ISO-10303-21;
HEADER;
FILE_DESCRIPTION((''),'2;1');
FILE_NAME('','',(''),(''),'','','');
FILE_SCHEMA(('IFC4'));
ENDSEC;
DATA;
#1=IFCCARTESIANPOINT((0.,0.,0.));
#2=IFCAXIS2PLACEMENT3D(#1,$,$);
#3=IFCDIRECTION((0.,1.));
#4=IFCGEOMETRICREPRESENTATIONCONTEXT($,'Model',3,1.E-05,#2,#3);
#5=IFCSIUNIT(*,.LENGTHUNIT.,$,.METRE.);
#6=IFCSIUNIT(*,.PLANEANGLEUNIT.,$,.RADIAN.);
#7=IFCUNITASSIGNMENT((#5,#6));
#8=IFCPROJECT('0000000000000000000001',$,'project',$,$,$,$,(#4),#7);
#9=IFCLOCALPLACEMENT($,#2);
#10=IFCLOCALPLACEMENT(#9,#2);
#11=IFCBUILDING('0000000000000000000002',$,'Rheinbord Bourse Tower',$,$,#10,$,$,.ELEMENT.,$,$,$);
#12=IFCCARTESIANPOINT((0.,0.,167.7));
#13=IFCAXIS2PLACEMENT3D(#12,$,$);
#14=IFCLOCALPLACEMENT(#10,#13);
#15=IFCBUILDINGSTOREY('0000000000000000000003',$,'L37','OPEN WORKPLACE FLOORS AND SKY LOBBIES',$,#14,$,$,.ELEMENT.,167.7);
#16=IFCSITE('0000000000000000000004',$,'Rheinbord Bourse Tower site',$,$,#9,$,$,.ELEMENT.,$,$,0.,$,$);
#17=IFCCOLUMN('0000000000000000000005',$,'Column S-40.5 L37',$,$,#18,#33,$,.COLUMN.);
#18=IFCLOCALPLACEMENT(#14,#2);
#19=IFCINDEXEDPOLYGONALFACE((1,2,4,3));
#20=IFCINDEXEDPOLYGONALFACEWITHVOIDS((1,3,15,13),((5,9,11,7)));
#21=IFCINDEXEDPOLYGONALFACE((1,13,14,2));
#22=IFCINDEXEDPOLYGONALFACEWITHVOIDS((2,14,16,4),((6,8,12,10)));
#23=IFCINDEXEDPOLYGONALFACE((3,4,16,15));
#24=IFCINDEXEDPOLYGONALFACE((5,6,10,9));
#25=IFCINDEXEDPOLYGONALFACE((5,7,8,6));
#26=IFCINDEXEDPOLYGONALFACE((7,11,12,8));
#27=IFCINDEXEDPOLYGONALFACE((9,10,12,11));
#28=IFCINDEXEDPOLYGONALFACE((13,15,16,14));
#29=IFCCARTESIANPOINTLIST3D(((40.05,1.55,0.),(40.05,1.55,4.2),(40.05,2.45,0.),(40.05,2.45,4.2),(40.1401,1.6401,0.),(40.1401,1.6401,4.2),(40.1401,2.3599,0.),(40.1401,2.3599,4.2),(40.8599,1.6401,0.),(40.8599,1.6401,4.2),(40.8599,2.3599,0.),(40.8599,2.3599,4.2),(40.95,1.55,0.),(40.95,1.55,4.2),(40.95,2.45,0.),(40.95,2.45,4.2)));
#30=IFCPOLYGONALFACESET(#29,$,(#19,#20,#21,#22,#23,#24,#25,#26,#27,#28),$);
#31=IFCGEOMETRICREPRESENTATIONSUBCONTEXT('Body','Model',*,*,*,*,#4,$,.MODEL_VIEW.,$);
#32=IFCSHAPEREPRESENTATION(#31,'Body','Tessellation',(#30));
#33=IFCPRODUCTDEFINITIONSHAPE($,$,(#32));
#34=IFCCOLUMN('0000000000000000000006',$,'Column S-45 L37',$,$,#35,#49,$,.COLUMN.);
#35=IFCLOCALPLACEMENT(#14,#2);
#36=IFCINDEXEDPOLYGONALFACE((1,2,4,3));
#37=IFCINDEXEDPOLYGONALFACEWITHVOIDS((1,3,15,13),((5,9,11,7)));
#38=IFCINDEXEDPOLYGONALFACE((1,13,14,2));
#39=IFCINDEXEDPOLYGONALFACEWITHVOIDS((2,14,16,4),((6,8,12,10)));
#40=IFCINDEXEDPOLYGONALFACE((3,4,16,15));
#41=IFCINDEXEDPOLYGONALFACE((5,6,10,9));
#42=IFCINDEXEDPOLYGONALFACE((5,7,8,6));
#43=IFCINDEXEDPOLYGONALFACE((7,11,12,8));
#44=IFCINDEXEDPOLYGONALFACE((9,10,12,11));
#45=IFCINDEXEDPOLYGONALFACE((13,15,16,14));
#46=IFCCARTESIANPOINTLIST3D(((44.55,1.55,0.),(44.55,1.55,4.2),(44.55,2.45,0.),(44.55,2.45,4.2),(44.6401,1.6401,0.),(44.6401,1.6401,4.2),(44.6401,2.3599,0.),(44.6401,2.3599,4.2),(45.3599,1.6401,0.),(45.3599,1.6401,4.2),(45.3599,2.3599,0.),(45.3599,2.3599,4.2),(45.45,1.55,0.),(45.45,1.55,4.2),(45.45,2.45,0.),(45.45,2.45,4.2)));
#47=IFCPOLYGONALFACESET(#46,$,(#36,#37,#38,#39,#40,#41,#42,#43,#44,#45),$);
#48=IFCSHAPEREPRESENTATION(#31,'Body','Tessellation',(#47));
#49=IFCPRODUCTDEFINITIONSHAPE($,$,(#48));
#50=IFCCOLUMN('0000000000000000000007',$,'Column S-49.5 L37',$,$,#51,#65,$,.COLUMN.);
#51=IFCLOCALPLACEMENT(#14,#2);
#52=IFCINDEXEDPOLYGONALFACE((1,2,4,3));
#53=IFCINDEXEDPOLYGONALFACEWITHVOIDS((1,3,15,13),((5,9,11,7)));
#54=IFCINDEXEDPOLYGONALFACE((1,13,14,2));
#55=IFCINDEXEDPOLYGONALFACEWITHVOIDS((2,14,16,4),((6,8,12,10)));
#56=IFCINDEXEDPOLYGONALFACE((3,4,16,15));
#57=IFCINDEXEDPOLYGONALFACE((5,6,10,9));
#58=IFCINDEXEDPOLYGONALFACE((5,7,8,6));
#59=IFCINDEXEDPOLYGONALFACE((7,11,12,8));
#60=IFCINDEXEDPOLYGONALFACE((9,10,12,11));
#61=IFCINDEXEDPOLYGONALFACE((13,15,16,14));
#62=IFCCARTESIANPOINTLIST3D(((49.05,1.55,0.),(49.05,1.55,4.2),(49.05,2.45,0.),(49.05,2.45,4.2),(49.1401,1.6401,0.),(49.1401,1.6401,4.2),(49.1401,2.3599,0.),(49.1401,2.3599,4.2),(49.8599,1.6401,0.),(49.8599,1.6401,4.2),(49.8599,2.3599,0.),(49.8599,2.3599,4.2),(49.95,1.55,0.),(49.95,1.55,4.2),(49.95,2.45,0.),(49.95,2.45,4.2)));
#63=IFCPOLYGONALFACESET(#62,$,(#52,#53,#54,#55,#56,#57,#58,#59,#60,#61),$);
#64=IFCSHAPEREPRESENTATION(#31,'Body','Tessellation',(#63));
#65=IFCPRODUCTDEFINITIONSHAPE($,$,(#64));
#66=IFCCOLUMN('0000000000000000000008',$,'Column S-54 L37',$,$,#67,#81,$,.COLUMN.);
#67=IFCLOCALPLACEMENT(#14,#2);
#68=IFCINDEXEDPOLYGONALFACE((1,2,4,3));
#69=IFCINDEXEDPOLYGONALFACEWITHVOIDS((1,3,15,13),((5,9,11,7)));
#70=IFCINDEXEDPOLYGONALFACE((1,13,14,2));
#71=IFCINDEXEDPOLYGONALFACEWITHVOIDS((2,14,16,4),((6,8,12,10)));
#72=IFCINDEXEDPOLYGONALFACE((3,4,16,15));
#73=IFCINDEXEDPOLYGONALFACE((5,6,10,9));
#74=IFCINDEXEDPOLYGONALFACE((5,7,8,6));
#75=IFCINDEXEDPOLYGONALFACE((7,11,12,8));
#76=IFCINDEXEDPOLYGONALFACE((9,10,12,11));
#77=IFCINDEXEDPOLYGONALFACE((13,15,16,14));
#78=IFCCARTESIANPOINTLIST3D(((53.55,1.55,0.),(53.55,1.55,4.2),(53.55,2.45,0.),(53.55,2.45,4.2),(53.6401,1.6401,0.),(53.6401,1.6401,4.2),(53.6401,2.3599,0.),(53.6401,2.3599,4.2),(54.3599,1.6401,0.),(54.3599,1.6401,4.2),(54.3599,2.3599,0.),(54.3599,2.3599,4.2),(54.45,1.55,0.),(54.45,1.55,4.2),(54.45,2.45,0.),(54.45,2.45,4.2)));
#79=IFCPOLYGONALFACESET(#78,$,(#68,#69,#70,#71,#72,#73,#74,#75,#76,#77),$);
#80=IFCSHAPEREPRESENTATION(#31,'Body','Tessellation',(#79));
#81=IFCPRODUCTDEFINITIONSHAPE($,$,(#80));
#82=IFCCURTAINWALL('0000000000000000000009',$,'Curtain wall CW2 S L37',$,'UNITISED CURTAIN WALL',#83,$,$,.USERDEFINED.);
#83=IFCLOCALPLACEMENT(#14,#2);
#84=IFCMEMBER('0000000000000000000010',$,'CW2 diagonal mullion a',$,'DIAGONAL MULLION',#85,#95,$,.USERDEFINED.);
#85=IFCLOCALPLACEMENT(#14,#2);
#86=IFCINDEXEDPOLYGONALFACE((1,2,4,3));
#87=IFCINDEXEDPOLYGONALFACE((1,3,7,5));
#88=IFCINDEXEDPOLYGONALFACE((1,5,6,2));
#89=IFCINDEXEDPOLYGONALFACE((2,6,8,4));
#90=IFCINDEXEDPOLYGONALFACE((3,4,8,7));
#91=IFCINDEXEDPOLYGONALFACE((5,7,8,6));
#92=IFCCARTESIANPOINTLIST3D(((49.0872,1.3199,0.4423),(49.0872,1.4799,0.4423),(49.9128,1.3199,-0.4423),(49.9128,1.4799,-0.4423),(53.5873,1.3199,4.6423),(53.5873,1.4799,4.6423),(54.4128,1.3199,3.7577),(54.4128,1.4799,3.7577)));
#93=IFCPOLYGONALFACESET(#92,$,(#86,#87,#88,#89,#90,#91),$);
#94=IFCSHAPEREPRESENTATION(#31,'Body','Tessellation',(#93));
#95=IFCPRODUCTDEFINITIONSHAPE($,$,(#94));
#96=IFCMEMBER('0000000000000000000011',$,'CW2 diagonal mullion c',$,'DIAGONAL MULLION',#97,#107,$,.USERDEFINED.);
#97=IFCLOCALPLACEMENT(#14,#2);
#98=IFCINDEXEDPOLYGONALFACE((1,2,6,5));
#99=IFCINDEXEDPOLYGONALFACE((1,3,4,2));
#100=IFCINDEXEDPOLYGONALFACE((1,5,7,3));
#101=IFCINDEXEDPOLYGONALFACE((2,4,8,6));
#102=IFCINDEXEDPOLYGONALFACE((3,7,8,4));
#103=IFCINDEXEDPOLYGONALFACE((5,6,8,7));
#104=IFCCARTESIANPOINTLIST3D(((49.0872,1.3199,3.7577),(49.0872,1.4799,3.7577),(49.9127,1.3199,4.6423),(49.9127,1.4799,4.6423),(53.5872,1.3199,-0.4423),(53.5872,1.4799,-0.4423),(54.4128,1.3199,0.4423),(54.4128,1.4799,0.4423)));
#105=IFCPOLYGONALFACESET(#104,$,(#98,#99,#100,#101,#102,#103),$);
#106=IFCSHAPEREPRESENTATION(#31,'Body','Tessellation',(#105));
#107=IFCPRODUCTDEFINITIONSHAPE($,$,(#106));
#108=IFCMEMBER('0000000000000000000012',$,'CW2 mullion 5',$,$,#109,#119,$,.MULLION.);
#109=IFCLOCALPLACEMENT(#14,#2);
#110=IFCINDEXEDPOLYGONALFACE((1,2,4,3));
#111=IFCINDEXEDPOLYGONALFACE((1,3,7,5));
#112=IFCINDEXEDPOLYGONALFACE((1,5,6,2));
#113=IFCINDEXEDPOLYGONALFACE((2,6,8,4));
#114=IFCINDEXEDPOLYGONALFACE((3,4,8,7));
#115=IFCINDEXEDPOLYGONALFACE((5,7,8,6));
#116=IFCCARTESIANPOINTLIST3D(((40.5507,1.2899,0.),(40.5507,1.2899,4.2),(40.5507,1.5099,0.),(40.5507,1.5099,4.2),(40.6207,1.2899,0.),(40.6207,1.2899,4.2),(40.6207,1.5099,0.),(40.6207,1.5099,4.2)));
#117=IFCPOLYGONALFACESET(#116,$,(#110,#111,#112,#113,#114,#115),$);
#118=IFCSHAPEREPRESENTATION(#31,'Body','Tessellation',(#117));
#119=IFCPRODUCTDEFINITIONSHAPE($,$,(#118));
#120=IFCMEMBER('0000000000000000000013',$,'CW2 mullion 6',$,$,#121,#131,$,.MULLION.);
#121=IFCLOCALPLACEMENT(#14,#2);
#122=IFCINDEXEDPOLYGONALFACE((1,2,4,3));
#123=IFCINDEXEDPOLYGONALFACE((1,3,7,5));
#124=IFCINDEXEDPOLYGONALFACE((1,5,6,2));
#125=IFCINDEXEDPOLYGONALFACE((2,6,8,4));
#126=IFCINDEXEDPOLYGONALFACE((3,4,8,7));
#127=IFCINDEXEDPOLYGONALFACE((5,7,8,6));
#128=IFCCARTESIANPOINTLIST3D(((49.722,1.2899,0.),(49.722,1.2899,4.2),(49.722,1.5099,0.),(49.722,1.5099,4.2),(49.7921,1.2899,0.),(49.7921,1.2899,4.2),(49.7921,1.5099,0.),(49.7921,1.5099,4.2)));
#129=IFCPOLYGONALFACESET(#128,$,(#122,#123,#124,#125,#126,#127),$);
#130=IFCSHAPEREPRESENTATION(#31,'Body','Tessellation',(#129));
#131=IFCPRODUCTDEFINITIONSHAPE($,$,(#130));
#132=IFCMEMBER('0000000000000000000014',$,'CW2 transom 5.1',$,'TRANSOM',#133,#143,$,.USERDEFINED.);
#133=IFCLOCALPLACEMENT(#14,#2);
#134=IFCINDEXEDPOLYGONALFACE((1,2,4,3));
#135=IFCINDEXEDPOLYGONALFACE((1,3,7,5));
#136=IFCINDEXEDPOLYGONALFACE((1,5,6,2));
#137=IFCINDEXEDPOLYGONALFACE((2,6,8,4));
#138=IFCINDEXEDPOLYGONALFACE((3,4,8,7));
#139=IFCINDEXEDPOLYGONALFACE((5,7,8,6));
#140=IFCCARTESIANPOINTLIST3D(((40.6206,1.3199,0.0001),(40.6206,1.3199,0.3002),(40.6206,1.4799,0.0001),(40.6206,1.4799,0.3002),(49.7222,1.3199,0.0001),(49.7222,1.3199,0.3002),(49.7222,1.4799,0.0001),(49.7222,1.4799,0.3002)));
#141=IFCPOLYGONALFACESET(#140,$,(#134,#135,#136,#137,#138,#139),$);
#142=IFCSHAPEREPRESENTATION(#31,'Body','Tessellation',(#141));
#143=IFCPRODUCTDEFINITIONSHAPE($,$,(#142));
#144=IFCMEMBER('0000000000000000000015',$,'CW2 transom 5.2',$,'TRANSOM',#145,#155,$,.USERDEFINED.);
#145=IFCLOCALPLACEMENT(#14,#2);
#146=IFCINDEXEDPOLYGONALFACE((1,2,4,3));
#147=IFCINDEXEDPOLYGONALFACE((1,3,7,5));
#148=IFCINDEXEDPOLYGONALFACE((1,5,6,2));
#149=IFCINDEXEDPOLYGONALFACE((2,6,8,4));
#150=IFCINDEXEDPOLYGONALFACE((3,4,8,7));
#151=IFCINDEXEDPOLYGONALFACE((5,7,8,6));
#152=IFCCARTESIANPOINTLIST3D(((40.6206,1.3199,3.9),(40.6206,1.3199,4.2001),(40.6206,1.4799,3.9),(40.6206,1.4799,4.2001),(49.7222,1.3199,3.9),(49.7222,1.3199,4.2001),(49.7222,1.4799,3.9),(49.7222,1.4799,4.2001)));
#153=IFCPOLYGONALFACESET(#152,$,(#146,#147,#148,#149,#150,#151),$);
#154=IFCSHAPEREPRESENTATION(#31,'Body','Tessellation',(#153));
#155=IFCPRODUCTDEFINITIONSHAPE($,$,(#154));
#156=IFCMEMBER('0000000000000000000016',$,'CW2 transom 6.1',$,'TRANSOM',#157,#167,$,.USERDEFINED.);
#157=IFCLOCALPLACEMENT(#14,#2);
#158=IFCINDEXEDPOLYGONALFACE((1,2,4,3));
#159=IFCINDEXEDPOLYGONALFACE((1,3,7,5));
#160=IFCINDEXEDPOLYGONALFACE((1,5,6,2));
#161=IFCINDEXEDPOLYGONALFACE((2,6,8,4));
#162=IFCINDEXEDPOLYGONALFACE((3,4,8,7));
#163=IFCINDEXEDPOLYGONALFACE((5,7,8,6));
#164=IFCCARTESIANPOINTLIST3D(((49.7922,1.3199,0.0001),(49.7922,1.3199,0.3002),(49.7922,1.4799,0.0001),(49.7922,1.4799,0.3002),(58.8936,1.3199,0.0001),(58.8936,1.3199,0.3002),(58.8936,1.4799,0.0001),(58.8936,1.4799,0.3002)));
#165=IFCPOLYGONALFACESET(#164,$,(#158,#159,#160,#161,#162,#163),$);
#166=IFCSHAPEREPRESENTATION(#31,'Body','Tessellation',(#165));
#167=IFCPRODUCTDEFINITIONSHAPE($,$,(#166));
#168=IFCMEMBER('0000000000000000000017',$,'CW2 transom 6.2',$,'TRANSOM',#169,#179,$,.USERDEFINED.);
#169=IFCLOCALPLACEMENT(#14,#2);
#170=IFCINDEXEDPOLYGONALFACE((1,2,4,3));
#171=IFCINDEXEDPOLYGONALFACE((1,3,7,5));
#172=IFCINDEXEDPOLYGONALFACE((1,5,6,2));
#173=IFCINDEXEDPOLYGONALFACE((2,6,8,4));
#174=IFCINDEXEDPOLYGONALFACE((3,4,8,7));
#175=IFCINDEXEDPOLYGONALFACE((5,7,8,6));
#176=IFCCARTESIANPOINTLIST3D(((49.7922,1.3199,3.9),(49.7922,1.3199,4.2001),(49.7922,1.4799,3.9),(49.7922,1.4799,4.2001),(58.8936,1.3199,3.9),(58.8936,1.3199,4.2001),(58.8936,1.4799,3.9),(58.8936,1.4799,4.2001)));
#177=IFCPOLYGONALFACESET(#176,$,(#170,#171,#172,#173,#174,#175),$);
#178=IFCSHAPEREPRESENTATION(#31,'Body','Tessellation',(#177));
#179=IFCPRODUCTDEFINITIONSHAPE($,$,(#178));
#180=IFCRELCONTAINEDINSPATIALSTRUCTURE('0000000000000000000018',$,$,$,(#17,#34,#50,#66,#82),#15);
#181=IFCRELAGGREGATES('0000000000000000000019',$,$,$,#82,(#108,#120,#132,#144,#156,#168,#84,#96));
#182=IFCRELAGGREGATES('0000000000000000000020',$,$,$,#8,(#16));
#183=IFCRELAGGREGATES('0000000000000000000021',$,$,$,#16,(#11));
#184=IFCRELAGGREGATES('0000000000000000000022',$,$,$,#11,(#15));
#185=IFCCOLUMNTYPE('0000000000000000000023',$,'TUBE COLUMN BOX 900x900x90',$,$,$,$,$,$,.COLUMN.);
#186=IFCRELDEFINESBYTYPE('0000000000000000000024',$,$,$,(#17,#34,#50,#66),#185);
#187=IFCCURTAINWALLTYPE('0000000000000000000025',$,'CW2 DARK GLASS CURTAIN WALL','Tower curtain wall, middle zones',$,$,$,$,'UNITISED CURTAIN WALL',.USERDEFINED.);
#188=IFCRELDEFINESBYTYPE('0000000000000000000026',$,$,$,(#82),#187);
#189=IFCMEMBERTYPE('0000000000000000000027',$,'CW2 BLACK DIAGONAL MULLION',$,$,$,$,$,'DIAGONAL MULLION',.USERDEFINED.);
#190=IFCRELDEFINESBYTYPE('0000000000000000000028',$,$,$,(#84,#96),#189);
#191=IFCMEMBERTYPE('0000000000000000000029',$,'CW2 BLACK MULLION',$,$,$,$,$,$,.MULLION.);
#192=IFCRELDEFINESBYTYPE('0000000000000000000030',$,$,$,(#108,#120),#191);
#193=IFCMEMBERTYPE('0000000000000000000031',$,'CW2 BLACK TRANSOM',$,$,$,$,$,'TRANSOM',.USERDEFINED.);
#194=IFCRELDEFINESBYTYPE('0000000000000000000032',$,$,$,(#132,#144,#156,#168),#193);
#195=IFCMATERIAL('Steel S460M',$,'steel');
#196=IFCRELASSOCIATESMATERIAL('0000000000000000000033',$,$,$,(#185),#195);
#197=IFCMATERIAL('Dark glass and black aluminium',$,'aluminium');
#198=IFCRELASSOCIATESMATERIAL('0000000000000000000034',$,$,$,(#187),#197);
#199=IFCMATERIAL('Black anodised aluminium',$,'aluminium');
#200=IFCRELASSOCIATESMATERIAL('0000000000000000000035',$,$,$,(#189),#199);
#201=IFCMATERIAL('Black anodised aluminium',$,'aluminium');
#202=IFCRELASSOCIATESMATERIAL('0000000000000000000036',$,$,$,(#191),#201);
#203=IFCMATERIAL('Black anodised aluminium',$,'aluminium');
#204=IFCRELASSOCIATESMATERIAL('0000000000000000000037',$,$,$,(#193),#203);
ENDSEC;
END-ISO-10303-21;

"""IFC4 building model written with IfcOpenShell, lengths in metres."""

from ifc_helpers import new_model, si_unit, direction, frame, origin, origin_2d, place, context, subcontext, project, spatial, rectangle, hollow_rectangle, extrude, material, material_profile, profile_set, type_object, element, aggregate, save


model = new_model("IFC4")

# Units and contexts
model_context = context("Model", 3, precision=1e-05, world=origin(), true_north=direction((0.0, 1.0)))
body_context = subcontext(model_context, "Body", "Model", "MODEL_VIEW")
ifc_project = project(units=[si_unit("LENGTHUNIT", "METRE"), si_unit("PLANEANGLEUNIT", "RADIAN")], contexts=[model_context])

# Site, building, storey
site_placement = place(None, origin())
site = spatial("IfcSite", under=ifc_project, at=site_placement, Name="Rheinbord Bourse Tower site", CompositionType="ELEMENT", RefElevation=0.0)
building_placement = place(site_placement, origin())
building = spatial("IfcBuilding", under=site, at=building_placement, Name="Rheinbord Bourse Tower", CompositionType="ELEMENT")
storey_placement = place(building_placement, frame((0.0, 0.0, 167.7)))
storey = spatial("IfcBuildingStorey", under=building, at=storey_placement, Name="L37", Description="OPEN WORKPLACE FLOORS AND SKY LOBBIES", CompositionType="ELEMENT", Elevation=167.7)

# Columns
ifc_material_1 = material(Name="Steel S460M", Category="steel")
ifc_material_profile_1 = material_profile(ifc_material_1, hollow_rectangle(XDim=0.8999, YDim=0.8999, WallThickness=0.0901, at=origin_2d()), Name="BOX 900x900x90")
ifc_profile_set_1 = profile_set([ifc_material_profile_1], Name="Steel S460M")
column_type = type_object("IfcColumnType", Name="TUBE COLUMN BOX 900x900x90", PredefinedType="COLUMN", material=ifc_profile_set_1)
for number, where, z_axis, x_axis, name in (
    (1, (40.5, 2.0, 0.0), (0.0, 0.0, 1.0), (0.0, 1.0, 0.0), "Column S-40.5 L37"),
    (2, (45.0, 2.0, 0.0), (0.0, 0.0, 1.0), (0.0, 1.0, 0.0), "Column S-45 L37"),
    (3, (49.5, 2.0, 0.0), (0.0, 0.0, 1.0), (0.0, 1.0, 0.0), "Column S-49.5 L37"),
    (4, (54.0, 2.0, 0.0), (0.0, 0.0, 1.0), (0.0, 1.0, 0.0), "Column S-54 L37"),
):
    element("IfcColumn", number, at=place(storey_placement, frame(where, z_axis=z_axis, x_axis=x_axis)), inside=storey, type_object=column_type, Name=name, PredefinedType="COLUMN", context=body_context, shape_type="SweptSolid", body=[
        extrude(hollow_rectangle(XDim=0.8999, YDim=0.8999, WallThickness=0.0901, at=origin_2d()), origin(), (0.0, 0.0, 1.0), 4.2),
    ])

# Curtain wall, members
ifc_material_2 = material(Name="Dark glass and black aluminium", Category="aluminium")
curtain_wall_type = type_object("IfcCurtainWallType", Name="CW2 DARK GLASS CURTAIN WALL", Description="Tower curtain wall, middle zones", ElementType="UNITISED CURTAIN WALL", PredefinedType="USERDEFINED", material=ifc_material_2)
curtain_wall_placement = place(storey_placement, origin())
curtain_wall = element("IfcCurtainWall", 5, at=curtain_wall_placement, inside=storey, type_object=curtain_wall_type, Name="Curtain wall CW2 S L37", ObjectType="UNITISED CURTAIN WALL", PredefinedType="USERDEFINED")
ifc_material_3 = material(Name="Black anodised aluminium", Category="aluminium")
ifc_material_profile_2 = material_profile(ifc_material_3, rectangle(XDim=0.1599, YDim=1.21, at=origin_2d()), Name="CW2 DIAGONAL MULLION 1210x160")
ifc_profile_set_2 = profile_set([ifc_material_profile_2], Name="Black anodised aluminium")
member_type_1 = type_object("IfcMemberType", Name="CW2 BLACK DIAGONAL MULLION", ElementType="DIAGONAL MULLION", PredefinedType="USERDEFINED", material=ifc_profile_set_2)
member_1_placement = place(storey_placement, frame((49.5, 1.3999, 0.0), z_axis=(0.731059, 0.0, 0.682314), x_axis=(0.0, 1.0, 0.0)))
member_1 = element("IfcMember", 6, at=member_1_placement, type_object=member_type_1, Name="CW2 diagonal mullion a", ObjectType="DIAGONAL MULLION", PredefinedType="USERDEFINED", context=body_context, shape_type="SweptSolid", body=[
    extrude(rectangle(XDim=0.1599, YDim=1.21, at=origin_2d()), origin(), (0.0, 0.0, 1.0), 6.1555),
])
member_2_placement = place(storey_placement, frame((54.0, 1.3999, 0.0), z_axis=(-0.731059, 0.0, 0.682314), x_axis=(0.0, -1.0, 0.0)))
member_2 = element("IfcMember", 7, at=member_2_placement, type_object=member_type_1, Name="CW2 diagonal mullion c", ObjectType="DIAGONAL MULLION", PredefinedType="USERDEFINED", context=body_context, shape_type="SweptSolid", body=[
    extrude(rectangle(XDim=0.1599, YDim=1.21, at=origin_2d()), origin(), (0.0, 0.0, 1.0), 6.1555),
])
ifc_material_4 = material(Name="Black anodised aluminium", Category="aluminium")
ifc_material_profile_3 = material_profile(ifc_material_4, rectangle(XDim=0.22, YDim=0.0701, at=origin_2d()), Name="CW2 MULLION 70x220")
ifc_profile_set_3 = profile_set([ifc_material_profile_3], Name="Black anodised aluminium")
member_type_2 = type_object("IfcMemberType", Name="CW2 BLACK MULLION", PredefinedType="MULLION", material=ifc_profile_set_3)
member_3_placement = place(storey_placement, frame((40.5857, 1.3999, 0.0), z_axis=(0.0, 0.0, 1.0), x_axis=(0.0, 1.0, 0.0)))
member_3 = element("IfcMember", 8, at=member_3_placement, type_object=member_type_2, Name="CW2 mullion 5", PredefinedType="MULLION", context=body_context, shape_type="SweptSolid", body=[
    extrude(rectangle(XDim=0.22, YDim=0.0701, at=origin_2d()), origin(), (0.0, 0.0, 1.0), 4.2),
])
member_4_placement = place(storey_placement, frame((49.7571, 1.3999, 0.0), z_axis=(0.0, 0.0, 1.0), x_axis=(0.0, 1.0, 0.0)))
member_4 = element("IfcMember", 9, at=member_4_placement, type_object=member_type_2, Name="CW2 mullion 6", PredefinedType="MULLION", context=body_context, shape_type="SweptSolid", body=[
    extrude(rectangle(XDim=0.22, YDim=0.0701, at=origin_2d()), origin(), (0.0, 0.0, 1.0), 4.2),
])
ifc_material_5 = material(Name="Black anodised aluminium", Category="aluminium")
ifc_material_profile_4 = material_profile(ifc_material_5, rectangle(XDim=0.1599, YDim=0.3, at=origin_2d()), Name="CW2 TRANSOM 300x160")
ifc_profile_set_4 = profile_set([ifc_material_profile_4], Name="Black anodised aluminium")
member_type_3 = type_object("IfcMemberType", Name="CW2 BLACK TRANSOM", ElementType="TRANSOM", PredefinedType="USERDEFINED", material=ifc_profile_set_4)
member_5_placement = place(storey_placement, frame((40.6206, 1.3999, 0.1501), z_axis=(1.0, 0.0, 0.0), x_axis=(0.0, 1.0, 0.0)))
member_5 = element("IfcMember", 10, at=member_5_placement, type_object=member_type_3, Name="CW2 transom 5.1", ObjectType="TRANSOM", PredefinedType="USERDEFINED", context=body_context, shape_type="SweptSolid", body=[
    extrude(rectangle(XDim=0.1599, YDim=0.3, at=origin_2d()), origin(), (0.0, 0.0, 1.0), 9.1016),
])
member_6_placement = place(storey_placement, frame((40.6206, 1.3999, 4.05), z_axis=(1.0, 0.0, 0.0), x_axis=(0.0, 1.0, 0.0)))
member_6 = element("IfcMember", 11, at=member_6_placement, type_object=member_type_3, Name="CW2 transom 5.2", ObjectType="TRANSOM", PredefinedType="USERDEFINED", context=body_context, shape_type="SweptSolid", body=[
    extrude(rectangle(XDim=0.1599, YDim=0.3, at=origin_2d()), origin(), (0.0, 0.0, 1.0), 9.1016),
])
member_7_placement = place(storey_placement, frame((49.7922, 1.3999, 0.1501), z_axis=(1.0, 0.0, 0.0), x_axis=(0.0, 1.0, 0.0)))
member_7 = element("IfcMember", 12, at=member_7_placement, type_object=member_type_3, Name="CW2 transom 6.1", ObjectType="TRANSOM", PredefinedType="USERDEFINED", context=body_context, shape_type="SweptSolid", body=[
    extrude(rectangle(XDim=0.1599, YDim=0.3, at=origin_2d()), origin(), (0.0, 0.0, 1.0), 9.1013),
])
member_8_placement = place(storey_placement, frame((49.7922, 1.3999, 4.05), z_axis=(1.0, 0.0, 0.0), x_axis=(0.0, 1.0, 0.0)))
member_8 = element("IfcMember", 13, at=member_8_placement, type_object=member_type_3, Name="CW2 transom 6.2", ObjectType="TRANSOM", PredefinedType="USERDEFINED", context=body_context, shape_type="SweptSolid", body=[
    extrude(rectangle(XDim=0.1599, YDim=0.3, at=origin_2d()), origin(), (0.0, 0.0, 1.0), 9.1013),
])

aggregate(curtain_wall, [member_3, member_4, member_5, member_6, member_7, member_8, member_1, member_2])

save(model, "model.ifc")
